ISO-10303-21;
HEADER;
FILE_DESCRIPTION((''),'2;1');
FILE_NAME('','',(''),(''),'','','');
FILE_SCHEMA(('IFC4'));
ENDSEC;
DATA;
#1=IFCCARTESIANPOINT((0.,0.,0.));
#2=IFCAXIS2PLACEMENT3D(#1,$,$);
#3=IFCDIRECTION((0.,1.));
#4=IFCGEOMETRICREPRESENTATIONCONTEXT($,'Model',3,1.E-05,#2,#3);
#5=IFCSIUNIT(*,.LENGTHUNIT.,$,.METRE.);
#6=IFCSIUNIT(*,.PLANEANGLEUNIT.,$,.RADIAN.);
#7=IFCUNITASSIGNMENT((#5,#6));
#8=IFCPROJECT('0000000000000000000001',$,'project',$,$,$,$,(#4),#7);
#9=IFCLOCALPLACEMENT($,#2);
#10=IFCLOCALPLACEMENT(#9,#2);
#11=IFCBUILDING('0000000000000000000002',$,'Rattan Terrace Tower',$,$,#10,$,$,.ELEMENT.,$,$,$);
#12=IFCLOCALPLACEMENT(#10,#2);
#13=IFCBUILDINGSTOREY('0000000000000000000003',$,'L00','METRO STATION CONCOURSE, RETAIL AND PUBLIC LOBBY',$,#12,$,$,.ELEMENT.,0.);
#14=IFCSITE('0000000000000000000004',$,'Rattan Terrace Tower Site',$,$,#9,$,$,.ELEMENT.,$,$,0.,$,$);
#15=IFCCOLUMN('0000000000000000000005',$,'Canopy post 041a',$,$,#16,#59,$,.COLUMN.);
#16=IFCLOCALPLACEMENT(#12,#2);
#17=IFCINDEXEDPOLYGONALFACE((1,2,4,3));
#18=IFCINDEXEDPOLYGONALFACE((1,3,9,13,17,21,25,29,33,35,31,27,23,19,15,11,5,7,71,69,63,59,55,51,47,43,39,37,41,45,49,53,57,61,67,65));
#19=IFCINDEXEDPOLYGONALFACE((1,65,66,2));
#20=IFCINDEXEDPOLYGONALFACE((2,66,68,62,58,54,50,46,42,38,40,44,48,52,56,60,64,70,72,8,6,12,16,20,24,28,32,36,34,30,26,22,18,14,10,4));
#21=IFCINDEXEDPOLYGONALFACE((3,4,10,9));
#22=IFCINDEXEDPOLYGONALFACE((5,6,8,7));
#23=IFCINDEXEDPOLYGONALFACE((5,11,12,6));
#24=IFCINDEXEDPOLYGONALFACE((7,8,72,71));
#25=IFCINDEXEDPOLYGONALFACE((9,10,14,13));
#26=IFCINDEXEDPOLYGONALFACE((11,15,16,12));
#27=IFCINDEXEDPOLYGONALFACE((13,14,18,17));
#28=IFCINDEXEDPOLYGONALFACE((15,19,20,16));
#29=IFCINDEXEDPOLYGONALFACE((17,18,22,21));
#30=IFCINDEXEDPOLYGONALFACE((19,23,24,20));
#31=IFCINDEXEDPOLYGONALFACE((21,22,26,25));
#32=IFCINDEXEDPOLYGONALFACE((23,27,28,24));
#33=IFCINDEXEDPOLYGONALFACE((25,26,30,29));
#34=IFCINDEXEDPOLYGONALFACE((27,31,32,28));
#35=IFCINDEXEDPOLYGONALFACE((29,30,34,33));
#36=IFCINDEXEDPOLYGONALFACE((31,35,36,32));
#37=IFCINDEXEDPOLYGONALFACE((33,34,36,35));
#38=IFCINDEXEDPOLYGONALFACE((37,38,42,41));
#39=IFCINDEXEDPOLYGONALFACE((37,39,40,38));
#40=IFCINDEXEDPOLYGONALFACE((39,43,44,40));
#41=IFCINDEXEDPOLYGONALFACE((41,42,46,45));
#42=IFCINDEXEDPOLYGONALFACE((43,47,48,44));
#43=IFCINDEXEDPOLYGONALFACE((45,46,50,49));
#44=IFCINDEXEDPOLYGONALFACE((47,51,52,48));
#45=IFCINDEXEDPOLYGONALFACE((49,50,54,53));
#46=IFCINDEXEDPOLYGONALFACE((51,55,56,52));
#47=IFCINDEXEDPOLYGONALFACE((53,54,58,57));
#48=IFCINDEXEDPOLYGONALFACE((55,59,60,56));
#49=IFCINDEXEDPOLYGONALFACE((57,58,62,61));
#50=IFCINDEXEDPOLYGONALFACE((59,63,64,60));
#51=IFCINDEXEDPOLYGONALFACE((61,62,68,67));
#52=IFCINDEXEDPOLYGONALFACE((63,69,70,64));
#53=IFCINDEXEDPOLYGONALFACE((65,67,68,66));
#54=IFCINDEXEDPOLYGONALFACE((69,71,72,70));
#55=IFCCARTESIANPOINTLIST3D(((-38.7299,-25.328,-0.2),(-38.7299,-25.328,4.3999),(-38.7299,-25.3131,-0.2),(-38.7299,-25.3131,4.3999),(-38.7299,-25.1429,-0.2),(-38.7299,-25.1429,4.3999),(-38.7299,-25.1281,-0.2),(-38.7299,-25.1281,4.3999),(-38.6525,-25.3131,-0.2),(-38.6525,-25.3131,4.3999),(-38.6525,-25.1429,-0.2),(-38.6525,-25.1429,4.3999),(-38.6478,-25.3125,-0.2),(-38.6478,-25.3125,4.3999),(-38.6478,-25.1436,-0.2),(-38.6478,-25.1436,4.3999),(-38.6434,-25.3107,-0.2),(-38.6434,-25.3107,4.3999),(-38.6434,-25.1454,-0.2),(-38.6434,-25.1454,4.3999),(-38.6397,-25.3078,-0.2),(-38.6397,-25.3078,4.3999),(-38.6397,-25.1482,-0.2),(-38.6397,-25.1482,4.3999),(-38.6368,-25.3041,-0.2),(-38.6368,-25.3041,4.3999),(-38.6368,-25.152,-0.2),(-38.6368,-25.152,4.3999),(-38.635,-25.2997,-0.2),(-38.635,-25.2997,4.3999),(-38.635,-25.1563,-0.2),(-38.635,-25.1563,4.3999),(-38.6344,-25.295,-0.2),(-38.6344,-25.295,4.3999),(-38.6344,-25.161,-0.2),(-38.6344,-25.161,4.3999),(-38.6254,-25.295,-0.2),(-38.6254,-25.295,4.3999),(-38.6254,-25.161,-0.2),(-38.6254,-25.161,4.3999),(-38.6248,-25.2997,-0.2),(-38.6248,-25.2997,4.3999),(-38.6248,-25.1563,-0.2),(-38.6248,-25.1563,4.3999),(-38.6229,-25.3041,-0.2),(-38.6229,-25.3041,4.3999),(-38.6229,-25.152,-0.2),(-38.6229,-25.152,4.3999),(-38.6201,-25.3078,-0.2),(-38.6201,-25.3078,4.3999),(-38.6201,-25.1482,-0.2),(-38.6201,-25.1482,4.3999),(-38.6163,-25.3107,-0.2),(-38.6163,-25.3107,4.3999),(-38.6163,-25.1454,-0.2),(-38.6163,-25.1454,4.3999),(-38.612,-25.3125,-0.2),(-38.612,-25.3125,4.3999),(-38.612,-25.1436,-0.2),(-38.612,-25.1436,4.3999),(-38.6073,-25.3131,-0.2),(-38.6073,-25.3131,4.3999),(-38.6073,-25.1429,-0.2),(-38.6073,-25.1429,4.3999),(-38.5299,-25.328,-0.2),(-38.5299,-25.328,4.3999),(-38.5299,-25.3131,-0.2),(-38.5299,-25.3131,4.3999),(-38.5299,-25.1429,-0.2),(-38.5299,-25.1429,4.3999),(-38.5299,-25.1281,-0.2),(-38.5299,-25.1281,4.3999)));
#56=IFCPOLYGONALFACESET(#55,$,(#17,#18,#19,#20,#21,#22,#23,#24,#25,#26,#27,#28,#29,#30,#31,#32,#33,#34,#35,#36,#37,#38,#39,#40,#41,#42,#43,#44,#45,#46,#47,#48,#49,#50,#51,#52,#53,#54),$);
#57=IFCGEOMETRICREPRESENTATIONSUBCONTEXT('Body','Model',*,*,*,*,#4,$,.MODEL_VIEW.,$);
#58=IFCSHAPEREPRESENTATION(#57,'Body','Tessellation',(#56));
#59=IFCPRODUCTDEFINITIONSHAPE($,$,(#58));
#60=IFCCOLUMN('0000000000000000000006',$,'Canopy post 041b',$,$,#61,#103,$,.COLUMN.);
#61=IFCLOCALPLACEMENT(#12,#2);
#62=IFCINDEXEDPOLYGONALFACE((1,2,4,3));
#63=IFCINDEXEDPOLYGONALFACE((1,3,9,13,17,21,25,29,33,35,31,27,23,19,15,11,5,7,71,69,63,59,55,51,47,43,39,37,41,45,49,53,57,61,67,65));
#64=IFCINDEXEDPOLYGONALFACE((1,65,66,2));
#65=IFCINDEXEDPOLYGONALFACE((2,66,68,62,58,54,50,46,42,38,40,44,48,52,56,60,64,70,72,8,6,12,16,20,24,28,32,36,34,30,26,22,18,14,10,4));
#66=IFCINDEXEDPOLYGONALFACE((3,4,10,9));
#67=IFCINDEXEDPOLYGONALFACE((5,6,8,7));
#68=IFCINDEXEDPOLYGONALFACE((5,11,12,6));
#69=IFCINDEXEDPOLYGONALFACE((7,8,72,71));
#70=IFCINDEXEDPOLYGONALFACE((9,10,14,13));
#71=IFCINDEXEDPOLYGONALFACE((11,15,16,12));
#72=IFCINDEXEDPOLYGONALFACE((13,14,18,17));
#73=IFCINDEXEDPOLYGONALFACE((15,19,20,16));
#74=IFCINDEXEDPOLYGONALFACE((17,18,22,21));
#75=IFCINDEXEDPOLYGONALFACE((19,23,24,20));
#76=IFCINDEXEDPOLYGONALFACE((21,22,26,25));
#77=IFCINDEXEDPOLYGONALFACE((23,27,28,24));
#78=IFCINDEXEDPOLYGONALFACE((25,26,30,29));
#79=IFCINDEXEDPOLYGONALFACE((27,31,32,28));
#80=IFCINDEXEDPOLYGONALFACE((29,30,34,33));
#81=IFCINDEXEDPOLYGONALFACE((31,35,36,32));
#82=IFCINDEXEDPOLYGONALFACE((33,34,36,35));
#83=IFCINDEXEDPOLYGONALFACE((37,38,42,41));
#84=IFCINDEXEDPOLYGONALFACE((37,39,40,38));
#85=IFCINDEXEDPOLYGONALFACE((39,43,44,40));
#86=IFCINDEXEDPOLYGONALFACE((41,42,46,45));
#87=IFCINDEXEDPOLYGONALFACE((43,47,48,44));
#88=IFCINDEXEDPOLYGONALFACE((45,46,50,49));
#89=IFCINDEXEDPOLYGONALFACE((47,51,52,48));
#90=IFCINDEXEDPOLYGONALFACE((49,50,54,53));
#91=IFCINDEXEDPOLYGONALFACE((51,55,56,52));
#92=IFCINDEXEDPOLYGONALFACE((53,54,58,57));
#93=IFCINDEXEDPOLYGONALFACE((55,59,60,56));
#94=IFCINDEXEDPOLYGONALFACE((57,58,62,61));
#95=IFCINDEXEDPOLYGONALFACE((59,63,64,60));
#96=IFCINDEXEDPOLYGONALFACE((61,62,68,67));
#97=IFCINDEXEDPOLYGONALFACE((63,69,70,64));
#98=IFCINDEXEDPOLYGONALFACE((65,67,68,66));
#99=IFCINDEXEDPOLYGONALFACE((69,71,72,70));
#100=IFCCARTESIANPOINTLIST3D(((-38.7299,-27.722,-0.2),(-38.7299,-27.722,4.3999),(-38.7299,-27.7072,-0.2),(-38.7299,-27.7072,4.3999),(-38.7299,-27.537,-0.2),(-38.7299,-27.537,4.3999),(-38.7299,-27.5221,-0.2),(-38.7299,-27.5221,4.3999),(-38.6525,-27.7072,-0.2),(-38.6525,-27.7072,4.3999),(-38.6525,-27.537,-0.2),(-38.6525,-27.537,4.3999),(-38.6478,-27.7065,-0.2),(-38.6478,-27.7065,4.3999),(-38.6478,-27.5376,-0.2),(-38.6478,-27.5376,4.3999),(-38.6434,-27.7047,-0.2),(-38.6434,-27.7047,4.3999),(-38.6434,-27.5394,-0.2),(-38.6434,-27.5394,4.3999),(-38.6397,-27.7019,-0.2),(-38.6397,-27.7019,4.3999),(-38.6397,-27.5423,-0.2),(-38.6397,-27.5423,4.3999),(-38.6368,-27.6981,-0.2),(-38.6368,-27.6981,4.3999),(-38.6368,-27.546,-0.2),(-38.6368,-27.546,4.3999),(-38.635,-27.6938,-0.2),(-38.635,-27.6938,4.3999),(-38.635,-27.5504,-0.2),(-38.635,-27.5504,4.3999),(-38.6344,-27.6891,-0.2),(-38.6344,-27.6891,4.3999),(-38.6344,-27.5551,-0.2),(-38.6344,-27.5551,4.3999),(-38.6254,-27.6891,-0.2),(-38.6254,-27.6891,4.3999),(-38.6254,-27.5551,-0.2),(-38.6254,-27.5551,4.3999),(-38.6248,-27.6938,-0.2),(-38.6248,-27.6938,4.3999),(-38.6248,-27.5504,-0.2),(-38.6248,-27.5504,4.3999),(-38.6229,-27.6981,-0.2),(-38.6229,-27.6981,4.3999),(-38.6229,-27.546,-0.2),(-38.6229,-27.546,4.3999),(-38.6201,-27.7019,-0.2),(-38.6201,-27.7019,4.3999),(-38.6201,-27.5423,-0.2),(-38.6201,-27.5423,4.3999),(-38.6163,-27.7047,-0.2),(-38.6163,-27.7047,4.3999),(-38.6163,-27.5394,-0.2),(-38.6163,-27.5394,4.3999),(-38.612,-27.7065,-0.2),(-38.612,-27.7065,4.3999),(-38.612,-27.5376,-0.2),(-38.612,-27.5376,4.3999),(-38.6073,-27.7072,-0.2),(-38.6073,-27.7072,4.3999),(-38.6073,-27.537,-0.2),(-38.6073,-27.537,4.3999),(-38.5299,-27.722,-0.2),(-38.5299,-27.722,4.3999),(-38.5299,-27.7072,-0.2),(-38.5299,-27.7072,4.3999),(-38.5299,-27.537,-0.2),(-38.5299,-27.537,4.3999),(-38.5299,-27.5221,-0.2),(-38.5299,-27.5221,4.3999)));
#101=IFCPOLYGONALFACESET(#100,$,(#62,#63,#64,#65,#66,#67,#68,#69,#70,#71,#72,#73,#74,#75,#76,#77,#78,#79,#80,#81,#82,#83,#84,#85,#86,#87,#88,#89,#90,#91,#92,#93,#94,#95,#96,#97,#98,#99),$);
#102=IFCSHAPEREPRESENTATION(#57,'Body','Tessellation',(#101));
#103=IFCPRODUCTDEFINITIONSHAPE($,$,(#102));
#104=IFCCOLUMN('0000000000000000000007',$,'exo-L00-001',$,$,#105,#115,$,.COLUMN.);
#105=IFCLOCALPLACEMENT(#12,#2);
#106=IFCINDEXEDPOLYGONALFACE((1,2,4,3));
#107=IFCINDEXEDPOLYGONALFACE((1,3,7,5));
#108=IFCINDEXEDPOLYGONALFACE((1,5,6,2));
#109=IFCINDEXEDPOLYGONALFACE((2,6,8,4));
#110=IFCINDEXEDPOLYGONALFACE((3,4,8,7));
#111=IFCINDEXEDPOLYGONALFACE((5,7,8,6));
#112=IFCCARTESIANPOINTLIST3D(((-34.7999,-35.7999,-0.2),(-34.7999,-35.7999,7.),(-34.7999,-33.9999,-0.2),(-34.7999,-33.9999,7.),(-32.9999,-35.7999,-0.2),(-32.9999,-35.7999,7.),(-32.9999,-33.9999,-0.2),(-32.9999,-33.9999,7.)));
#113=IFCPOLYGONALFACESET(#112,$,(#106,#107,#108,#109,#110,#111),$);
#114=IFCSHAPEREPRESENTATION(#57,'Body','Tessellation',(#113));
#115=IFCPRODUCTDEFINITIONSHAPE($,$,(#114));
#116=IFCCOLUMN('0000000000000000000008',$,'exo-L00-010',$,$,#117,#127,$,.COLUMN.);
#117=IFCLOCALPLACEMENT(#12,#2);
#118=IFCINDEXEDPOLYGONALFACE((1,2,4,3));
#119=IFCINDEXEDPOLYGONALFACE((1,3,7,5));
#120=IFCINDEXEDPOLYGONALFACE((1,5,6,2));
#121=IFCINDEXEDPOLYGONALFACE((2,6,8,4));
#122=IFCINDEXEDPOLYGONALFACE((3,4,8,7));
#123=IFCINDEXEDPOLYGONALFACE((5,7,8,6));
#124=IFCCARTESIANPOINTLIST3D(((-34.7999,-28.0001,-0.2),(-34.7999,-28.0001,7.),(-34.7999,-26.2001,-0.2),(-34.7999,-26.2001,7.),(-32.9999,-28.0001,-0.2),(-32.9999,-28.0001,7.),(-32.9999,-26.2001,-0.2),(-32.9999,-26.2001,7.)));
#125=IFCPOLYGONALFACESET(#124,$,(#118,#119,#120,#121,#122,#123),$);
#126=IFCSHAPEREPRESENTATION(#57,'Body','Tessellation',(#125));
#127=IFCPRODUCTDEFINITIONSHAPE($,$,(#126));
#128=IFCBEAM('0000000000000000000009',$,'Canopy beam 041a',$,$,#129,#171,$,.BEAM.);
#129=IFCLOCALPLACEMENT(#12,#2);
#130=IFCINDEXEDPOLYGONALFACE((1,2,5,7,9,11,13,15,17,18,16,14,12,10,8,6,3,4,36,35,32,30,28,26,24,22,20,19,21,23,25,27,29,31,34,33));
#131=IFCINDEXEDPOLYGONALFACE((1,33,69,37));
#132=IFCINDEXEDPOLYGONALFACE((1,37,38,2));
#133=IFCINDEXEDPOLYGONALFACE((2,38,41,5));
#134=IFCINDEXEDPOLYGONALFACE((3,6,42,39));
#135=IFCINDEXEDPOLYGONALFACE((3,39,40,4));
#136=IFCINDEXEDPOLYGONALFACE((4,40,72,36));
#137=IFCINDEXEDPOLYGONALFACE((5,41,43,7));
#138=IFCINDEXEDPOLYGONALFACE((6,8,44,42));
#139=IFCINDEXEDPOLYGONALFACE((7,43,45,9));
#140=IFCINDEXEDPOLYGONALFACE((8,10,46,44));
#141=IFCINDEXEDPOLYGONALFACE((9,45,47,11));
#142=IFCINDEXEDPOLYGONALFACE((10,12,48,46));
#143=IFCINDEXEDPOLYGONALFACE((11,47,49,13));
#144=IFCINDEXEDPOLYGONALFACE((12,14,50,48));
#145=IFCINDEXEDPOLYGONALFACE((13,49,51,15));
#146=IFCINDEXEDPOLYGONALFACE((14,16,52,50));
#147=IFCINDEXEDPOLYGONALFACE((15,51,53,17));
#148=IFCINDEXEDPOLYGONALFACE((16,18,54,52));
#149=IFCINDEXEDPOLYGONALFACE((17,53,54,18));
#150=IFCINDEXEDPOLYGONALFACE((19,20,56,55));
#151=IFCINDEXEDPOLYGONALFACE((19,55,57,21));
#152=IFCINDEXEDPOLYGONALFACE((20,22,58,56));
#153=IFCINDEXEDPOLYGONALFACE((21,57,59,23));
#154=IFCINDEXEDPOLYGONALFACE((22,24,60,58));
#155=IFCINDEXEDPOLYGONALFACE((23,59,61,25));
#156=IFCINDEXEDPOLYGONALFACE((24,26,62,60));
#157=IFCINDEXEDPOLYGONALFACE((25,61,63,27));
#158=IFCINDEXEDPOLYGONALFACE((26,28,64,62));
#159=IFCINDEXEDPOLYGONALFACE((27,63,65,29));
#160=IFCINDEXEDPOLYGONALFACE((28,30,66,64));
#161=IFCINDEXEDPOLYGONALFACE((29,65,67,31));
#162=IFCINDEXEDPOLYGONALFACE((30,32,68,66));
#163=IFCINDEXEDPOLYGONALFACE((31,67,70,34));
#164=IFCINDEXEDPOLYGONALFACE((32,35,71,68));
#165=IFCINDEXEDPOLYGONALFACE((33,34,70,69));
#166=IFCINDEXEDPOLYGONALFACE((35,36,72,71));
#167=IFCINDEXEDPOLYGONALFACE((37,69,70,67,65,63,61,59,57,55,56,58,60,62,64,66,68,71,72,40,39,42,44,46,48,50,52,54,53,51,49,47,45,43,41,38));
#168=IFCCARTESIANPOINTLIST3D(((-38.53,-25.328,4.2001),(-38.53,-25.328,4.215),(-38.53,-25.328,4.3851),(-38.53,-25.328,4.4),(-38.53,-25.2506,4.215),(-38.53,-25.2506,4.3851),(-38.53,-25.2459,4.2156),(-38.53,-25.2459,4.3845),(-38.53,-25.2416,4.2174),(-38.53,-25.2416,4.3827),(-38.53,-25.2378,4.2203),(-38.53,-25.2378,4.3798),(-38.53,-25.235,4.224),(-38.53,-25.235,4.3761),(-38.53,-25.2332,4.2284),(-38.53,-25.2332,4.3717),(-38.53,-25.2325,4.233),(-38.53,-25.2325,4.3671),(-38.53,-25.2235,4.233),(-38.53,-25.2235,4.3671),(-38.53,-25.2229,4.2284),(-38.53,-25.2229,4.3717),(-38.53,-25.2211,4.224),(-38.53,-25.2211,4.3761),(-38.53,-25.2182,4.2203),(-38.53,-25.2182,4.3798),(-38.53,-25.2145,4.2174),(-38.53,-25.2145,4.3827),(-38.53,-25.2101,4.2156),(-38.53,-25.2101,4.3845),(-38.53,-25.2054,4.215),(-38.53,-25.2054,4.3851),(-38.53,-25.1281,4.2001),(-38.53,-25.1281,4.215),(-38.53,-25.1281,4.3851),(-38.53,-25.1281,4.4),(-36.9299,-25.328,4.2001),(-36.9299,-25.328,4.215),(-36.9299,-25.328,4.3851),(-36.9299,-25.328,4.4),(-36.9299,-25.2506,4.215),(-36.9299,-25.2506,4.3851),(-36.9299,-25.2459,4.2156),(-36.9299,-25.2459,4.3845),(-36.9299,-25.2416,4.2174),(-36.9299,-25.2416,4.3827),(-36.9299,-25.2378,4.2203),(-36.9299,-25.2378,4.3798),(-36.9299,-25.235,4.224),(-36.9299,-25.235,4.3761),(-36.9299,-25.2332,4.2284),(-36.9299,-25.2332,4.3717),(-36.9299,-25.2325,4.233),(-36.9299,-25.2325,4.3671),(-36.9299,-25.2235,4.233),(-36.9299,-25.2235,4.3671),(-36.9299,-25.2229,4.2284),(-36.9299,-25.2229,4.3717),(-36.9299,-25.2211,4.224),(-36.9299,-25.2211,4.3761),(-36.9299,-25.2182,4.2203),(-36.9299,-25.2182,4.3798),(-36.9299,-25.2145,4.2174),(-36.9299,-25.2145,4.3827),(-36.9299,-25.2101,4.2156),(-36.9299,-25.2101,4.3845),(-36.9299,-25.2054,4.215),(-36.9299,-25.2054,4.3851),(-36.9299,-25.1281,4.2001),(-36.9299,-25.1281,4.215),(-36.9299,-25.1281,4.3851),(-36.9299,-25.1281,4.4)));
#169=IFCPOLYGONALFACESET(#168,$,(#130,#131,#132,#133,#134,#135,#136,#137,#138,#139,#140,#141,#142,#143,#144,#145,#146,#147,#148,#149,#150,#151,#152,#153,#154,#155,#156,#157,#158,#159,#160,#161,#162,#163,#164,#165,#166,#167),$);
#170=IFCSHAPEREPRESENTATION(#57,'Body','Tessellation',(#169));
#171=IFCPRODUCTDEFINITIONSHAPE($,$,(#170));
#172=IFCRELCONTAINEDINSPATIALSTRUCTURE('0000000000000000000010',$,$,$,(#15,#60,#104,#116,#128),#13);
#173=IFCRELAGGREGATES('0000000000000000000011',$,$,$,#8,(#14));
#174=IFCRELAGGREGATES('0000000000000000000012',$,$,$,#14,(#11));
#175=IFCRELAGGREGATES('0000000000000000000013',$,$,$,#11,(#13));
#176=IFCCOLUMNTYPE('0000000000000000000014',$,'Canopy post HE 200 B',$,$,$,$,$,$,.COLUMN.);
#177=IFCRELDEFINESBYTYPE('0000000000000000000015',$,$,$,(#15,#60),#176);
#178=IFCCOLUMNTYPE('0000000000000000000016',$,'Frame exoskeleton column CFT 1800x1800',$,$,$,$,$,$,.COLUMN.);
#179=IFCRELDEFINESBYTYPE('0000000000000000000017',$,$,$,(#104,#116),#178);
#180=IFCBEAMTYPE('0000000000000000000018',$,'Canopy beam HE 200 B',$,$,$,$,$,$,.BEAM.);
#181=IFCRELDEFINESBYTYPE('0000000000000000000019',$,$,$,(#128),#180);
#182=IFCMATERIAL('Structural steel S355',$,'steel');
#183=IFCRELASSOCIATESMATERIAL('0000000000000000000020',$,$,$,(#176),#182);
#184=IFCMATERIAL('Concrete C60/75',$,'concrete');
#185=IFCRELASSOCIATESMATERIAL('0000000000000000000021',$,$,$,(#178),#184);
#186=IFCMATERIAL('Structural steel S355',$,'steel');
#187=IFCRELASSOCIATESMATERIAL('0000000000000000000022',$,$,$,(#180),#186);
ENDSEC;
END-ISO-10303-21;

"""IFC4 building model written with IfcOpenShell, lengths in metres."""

from ifc_helpers import new_model, si_unit, direction, frame, origin, origin_2d, place, context, subcontext, project, spatial, rectangle, i_section, extrude, material, material_profile, profile_set, type_object, element, save


model = new_model("IFC4")

# Units and contexts
model_context = context("Model", 3, precision=1e-05, world=origin(), true_north=direction((0.0, 1.0)))
body_context = subcontext(model_context, "Body", "Model", "MODEL_VIEW")
ifc_project = project(units=[si_unit("LENGTHUNIT", "METRE"), si_unit("PLANEANGLEUNIT", "RADIAN")], contexts=[model_context])

# Site, building, storey
site_placement = place(None, origin())
site = spatial("IfcSite", under=ifc_project, at=site_placement, Name="Rattan Terrace Tower Site", CompositionType="ELEMENT", RefElevation=0.0)
building_placement = place(site_placement, origin())
building = spatial("IfcBuilding", under=site, at=building_placement, Name="Rattan Terrace Tower", CompositionType="ELEMENT")
storey_placement = place(building_placement, origin())
storey = spatial("IfcBuildingStorey", under=building, at=storey_placement, Name="L00", Description="METRO STATION CONCOURSE, RETAIL AND PUBLIC LOBBY", CompositionType="ELEMENT", Elevation=0.0)

# Columns
ifc_material_1 = material(Name="Structural steel S355", Category="steel")
ifc_material_profile_1 = material_profile(ifc_material_1, i_section(OverallWidth=0.2, OverallDepth=0.2, WebThickness=0.009, FlangeThickness=0.0149, FilletRadius=0.0181, at=origin_2d()), Name="HE 200 B")
ifc_profile_set_1 = profile_set([ifc_material_profile_1], Name="Structural steel S355")
column_type_1 = type_object("IfcColumnType", Name="Canopy post HE 200 B", PredefinedType="COLUMN", material=ifc_profile_set_1)
for number, where, z_axis, x_axis, name in (
    (1, (-38.6299, -25.228, -0.2), (0.0, 0.0, 1.0), (1.0, 0.0, 0.0), "Canopy post 041a"),
    (2, (-38.6299, -27.6221, -0.2), (0.0, 0.0, 1.0), (1.0, 0.0, 0.0), "Canopy post 041b"),
):
    element("IfcColumn", number, at=place(storey_placement, frame(where, z_axis=z_axis, x_axis=x_axis)), inside=storey, type_object=column_type_1, Name=name, PredefinedType="COLUMN", context=body_context, shape_type="SweptSolid", body=[
        extrude(i_section(OverallWidth=0.2, OverallDepth=0.2, WebThickness=0.009, FlangeThickness=0.0149, FilletRadius=0.0181, at=origin_2d()), origin(), (0.0, 0.0, 1.0), 4.5999),
    ])
ifc_material_2 = material(Name="Concrete C60/75", Category="concrete")
ifc_material_profile_2 = material_profile(ifc_material_2, rectangle(XDim=1.8, YDim=1.8, at=origin_2d()), Name="CFT 1800x1800")
ifc_profile_set_2 = profile_set([ifc_material_profile_2], Name="Concrete C60/75")
column_type_2 = type_object("IfcColumnType", Name="Frame exoskeleton column CFT 1800x1800", PredefinedType="COLUMN", material=ifc_profile_set_2)
for number, where, z_axis, x_axis, name in (
    (3, (-33.8999, -34.8999, -0.2), (0.0, 0.0, 1.0), (1.0, 0.0, 0.0), "exo-L00-001"),
    (4, (-33.8999, -27.1001, -0.2), (0.0, 0.0, 1.0), (0.0, 1.0, 0.0), "exo-L00-010"),
):
    element("IfcColumn", number, at=place(storey_placement, frame(where, z_axis=z_axis, x_axis=x_axis)), inside=storey, type_object=column_type_2, Name=name, PredefinedType="COLUMN", context=body_context, shape_type="SweptSolid", body=[
        extrude(rectangle(XDim=1.8, YDim=1.8, at=origin_2d()), origin(), (0.0, 0.0, 1.0), 7.2),
    ])

# Beam
ifc_material_3 = material(Name="Structural steel S355", Category="steel")
ifc_material_profile_3 = material_profile(ifc_material_3, i_section(OverallWidth=0.2, OverallDepth=0.2, WebThickness=0.009, FlangeThickness=0.0149, FilletRadius=0.0181, at=origin_2d()), Name="HE 200 B")
ifc_profile_set_3 = profile_set([ifc_material_profile_3], Name="Structural steel S355")
beam_type_1 = type_object("IfcBeamType", Name="Canopy beam HE 200 B", PredefinedType="BEAM", material=ifc_profile_set_3)
for number, where, z_axis, x_axis, name in (
    (5, (-36.9299, -25.228, 4.3), (-1.0, 0.0, 0.0), (0.0, -1.0, 0.0), "Canopy beam 041a"),
):
    element("IfcBeam", number, at=place(storey_placement, frame(where, z_axis=z_axis, x_axis=x_axis)), inside=storey, type_object=beam_type_1, Name=name, PredefinedType="BEAM", context=body_context, shape_type="SweptSolid", body=[
        extrude(i_section(OverallWidth=0.2, OverallDepth=0.2, WebThickness=0.009, FlangeThickness=0.0149, FilletRadius=0.0181, at=origin_2d()), origin(), (0.0, 0.0, 1.0), 1.6001),
    ])

save(model, "model.ifc")
